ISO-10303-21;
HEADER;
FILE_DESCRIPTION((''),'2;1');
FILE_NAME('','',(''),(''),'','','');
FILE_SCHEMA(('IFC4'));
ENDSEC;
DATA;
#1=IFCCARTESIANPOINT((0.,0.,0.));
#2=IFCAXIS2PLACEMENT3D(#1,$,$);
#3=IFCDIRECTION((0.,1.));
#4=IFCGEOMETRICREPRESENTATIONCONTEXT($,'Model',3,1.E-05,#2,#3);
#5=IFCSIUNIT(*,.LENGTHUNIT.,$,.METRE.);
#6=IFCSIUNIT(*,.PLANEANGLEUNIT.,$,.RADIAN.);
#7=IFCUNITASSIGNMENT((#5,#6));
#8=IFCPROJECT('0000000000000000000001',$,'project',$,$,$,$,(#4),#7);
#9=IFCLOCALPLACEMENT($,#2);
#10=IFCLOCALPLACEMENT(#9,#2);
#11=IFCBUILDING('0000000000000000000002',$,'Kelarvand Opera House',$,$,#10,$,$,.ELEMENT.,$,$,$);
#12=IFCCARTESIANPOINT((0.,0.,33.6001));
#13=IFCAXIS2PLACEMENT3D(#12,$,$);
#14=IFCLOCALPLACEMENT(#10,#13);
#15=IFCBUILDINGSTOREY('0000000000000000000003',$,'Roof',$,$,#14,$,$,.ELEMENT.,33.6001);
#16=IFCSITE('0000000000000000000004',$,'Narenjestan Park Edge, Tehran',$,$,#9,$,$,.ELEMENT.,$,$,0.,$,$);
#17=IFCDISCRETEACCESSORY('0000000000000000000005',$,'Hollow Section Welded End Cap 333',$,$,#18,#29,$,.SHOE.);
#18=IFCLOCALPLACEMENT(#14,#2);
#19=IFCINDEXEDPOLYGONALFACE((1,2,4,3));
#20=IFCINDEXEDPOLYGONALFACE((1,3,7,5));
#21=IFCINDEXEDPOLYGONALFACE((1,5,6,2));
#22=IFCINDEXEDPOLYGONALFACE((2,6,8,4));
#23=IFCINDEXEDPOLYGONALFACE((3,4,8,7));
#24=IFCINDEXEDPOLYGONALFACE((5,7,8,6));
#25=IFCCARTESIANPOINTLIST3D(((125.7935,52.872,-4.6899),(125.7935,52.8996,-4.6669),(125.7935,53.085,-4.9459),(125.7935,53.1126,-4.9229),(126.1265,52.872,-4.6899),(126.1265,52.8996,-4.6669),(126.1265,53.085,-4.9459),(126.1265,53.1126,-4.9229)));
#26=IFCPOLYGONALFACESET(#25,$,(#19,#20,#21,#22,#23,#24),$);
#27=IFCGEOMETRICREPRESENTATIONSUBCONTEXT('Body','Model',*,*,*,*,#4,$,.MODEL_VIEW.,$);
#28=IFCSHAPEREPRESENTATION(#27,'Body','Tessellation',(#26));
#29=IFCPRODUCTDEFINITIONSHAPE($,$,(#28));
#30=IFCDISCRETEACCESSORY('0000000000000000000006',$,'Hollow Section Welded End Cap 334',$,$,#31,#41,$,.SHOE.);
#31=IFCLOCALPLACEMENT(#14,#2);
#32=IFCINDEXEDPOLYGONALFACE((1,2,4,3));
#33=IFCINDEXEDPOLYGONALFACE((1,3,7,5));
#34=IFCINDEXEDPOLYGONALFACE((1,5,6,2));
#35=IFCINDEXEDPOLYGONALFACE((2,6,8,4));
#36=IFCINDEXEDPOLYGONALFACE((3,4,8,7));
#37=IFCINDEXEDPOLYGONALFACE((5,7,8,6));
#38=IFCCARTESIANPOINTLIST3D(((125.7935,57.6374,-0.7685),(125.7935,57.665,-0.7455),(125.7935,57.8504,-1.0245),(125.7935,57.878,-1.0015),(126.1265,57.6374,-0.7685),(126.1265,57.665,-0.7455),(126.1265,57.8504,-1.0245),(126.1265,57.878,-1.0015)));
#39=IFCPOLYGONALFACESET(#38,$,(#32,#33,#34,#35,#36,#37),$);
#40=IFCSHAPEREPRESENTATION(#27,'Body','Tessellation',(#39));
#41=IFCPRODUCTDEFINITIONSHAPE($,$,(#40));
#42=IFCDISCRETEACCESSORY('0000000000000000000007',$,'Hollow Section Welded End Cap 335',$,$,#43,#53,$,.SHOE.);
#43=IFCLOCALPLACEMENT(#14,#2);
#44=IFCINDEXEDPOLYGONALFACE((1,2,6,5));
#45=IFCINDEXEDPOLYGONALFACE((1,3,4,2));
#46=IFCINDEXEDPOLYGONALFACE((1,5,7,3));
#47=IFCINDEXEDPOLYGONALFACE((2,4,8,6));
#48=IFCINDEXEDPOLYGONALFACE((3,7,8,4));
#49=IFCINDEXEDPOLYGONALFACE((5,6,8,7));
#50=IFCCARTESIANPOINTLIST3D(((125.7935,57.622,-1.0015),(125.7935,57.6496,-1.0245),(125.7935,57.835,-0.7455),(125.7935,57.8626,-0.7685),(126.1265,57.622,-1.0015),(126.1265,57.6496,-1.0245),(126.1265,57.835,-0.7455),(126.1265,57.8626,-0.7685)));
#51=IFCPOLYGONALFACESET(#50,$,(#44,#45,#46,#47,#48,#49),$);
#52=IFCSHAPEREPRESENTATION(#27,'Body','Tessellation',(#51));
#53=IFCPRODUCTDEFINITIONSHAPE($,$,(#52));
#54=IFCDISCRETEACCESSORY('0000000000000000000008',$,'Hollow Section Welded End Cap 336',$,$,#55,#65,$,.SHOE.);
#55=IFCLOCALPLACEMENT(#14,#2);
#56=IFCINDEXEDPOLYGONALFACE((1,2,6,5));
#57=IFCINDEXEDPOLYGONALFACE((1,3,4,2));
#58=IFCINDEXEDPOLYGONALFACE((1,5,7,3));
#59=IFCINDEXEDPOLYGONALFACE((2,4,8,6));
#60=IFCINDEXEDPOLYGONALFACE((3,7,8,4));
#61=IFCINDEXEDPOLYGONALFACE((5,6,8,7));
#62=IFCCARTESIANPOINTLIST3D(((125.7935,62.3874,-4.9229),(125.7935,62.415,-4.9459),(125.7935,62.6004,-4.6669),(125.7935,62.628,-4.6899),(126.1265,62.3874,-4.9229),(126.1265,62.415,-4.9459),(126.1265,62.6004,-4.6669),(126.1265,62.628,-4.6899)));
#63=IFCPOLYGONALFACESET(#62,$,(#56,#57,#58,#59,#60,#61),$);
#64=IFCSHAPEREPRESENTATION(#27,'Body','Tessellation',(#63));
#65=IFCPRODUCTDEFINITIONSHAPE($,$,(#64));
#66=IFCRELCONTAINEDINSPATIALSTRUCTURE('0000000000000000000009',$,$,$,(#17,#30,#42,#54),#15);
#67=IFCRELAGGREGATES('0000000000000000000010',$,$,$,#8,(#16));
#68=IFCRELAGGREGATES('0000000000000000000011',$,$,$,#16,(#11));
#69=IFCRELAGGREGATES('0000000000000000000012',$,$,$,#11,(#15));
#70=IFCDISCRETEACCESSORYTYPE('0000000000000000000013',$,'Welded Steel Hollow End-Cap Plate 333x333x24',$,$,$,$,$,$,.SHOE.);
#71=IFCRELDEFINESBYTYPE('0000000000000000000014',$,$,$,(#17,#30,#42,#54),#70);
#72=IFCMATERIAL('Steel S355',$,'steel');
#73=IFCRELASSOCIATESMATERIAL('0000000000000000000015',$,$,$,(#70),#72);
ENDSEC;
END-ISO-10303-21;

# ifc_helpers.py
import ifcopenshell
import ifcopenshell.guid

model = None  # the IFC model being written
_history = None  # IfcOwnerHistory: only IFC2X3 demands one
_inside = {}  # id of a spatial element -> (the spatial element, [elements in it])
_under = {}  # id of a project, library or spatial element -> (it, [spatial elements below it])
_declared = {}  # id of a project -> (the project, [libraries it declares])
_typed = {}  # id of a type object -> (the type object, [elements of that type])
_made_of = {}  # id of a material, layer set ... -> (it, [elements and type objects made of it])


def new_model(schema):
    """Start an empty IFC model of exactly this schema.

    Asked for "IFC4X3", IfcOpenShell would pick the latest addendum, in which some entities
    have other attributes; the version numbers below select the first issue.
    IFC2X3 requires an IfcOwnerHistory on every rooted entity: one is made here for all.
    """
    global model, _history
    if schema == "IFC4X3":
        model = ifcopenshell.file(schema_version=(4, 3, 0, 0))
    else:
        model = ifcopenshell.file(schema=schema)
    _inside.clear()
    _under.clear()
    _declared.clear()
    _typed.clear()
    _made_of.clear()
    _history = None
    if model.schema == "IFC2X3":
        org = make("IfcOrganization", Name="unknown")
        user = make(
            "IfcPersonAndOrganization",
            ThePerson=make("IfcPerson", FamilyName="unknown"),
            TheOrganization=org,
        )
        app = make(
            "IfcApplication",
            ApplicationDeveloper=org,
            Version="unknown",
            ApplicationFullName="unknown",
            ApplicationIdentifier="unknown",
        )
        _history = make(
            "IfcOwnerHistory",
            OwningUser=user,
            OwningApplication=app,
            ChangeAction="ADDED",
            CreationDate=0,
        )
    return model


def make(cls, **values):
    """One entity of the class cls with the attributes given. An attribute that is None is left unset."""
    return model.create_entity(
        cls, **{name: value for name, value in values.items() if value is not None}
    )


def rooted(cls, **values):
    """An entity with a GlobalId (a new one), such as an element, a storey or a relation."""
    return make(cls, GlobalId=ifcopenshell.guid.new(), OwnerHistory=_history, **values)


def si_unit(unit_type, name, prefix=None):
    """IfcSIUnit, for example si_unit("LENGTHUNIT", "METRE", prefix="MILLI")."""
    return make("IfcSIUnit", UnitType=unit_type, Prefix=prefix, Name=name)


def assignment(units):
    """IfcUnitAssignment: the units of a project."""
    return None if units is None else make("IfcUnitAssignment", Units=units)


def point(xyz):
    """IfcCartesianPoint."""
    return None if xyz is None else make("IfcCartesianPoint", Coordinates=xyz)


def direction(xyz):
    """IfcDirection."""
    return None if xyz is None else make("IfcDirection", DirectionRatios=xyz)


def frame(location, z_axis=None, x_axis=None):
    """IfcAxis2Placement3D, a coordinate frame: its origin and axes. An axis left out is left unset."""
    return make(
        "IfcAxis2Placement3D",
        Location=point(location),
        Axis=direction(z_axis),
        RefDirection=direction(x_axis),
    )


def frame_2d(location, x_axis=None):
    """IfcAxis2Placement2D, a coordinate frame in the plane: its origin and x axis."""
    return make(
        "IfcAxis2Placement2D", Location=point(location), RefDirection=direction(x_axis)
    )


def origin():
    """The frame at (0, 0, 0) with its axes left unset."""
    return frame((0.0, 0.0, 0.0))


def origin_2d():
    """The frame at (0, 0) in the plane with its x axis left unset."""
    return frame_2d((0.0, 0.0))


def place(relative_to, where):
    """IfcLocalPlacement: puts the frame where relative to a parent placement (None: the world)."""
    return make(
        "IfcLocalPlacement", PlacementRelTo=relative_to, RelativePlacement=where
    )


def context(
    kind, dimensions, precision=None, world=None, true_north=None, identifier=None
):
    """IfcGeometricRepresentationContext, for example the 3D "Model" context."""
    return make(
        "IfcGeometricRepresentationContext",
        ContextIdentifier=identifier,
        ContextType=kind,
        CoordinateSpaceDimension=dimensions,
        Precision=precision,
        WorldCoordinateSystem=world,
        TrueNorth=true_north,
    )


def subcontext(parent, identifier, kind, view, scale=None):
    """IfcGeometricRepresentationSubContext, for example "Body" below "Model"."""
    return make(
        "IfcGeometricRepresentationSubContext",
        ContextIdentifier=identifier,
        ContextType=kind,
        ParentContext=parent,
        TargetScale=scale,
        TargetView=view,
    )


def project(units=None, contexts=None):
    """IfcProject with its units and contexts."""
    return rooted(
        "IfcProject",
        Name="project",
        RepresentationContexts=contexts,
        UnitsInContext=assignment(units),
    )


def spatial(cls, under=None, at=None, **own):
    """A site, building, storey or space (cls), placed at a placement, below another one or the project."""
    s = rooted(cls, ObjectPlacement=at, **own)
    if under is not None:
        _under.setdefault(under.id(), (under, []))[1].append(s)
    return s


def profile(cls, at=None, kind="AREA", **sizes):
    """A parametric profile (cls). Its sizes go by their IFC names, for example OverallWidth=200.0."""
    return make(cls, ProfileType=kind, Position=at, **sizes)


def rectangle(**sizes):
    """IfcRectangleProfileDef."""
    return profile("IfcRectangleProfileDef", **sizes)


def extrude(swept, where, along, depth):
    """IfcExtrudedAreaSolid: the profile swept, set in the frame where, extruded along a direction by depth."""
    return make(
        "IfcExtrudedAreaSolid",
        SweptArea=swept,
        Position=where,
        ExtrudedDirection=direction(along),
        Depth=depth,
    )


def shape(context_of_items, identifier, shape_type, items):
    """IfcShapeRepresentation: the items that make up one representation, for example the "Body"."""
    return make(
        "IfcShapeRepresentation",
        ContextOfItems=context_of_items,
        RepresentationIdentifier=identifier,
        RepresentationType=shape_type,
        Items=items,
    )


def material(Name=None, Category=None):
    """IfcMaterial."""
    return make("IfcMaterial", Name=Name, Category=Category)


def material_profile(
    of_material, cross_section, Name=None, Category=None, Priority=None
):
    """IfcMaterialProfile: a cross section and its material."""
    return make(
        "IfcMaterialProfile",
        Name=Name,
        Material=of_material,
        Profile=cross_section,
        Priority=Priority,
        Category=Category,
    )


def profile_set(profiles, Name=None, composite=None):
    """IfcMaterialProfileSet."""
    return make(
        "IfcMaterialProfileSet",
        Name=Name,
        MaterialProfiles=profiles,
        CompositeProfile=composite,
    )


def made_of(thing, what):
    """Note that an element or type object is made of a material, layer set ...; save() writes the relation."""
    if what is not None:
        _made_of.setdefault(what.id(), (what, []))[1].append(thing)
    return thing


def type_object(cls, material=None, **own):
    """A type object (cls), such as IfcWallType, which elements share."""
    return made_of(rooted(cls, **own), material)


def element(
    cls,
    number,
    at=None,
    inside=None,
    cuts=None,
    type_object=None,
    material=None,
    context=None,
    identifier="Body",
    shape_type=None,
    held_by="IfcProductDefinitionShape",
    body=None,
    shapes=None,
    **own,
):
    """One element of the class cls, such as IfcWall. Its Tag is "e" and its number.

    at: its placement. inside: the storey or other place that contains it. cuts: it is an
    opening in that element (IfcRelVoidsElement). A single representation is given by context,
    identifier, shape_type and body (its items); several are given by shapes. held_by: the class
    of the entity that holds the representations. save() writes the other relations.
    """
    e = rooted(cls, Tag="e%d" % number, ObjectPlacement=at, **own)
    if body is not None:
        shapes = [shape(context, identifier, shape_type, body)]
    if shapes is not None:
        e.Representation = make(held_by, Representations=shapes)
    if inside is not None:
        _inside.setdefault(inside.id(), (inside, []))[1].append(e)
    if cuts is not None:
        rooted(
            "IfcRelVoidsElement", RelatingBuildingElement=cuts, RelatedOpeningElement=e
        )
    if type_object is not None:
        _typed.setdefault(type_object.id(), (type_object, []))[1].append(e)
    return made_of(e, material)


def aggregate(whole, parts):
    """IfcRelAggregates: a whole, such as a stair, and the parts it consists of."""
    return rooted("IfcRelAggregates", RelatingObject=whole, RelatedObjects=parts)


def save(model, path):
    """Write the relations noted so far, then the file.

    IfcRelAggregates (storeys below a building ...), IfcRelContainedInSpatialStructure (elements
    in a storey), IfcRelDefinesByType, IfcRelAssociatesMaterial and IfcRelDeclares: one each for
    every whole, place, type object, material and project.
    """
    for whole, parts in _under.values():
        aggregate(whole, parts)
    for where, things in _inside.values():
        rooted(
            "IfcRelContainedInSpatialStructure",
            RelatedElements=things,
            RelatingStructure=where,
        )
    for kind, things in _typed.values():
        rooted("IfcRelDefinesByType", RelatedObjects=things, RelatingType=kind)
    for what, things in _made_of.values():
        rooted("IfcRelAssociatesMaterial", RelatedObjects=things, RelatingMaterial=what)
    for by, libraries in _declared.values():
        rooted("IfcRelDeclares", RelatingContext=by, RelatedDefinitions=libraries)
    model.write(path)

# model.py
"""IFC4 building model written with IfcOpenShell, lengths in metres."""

from ifc_helpers import new_model, si_unit, direction, frame, origin, origin_2d, place, context, subcontext, project, spatial, rectangle, extrude, material, material_profile, profile_set, type_object, element, save


model = new_model("IFC4")

# Units and contexts
model_context = context("Model", 3, precision=1e-05, world=origin(), true_north=direction((0.0, 1.0)))
body_context = subcontext(model_context, "Body", "Model", "MODEL_VIEW")
ifc_project = project(units=[si_unit("LENGTHUNIT", "METRE"), si_unit("PLANEANGLEUNIT", "RADIAN")], contexts=[model_context])

# Site, building, storey
site_placement = place(None, origin())
site = spatial("IfcSite", under=ifc_project, at=site_placement, Name="Narenjestan Park Edge, Tehran", CompositionType="ELEMENT", RefElevation=0.0)
building_placement = place(site_placement, origin())
building = spatial("IfcBuilding", under=site, at=building_placement, Name="Kelarvand Opera House", CompositionType="ELEMENT")
storey_placement = place(building_placement, frame((0.0, 0.0, 33.6001)))
storey = spatial("IfcBuildingStorey", under=building, at=storey_placement, Name="Roof", CompositionType="ELEMENT", Elevation=33.6001)

# Shared definitions
ifc_material = material(Name="Steel S355", Category="steel")

# Discrete accessories
ifc_material_profile_1 = material_profile(ifc_material, rectangle(XDim=0.333, YDim=0.333, at=origin_2d()), Name="Welded Steel Hollow End-Cap Plate 333x333x24", Category="steel")
ifc_profile_set_1 = profile_set([ifc_material_profile_1], Name="Steel S355")
discrete_accessory_type = type_object("IfcDiscreteAccessoryType", Name="Welded Steel Hollow End-Cap Plate 333x333x24", PredefinedType="SHOE", material=ifc_profile_set_1)
for number, where, z_axis, x_axis, name in (
    (1, (125.96, 53.0061, -4.7949), (0.0, -0.768779, -0.639515), (1.0, 0.0, 0.0), "Hollow Section Welded End Cap 333"),
    (2, (125.96, 57.7439, -0.8965), (0.0, 0.768779, 0.639515), (-1.0, 0.0, 0.0), "Hollow Section Welded End Cap 334"),
    (3, (125.96, 57.7561, -0.8965), (0.0, -0.768779, 0.639515), (1.0, 0.0, 0.0), "Hollow Section Welded End Cap 335"),
    (4, (125.96, 62.4939, -4.7949), (0.0, 0.768779, -0.639515), (-1.0, 0.0, 0.0), "Hollow Section Welded End Cap 336"),
):
    element("IfcDiscreteAccessory", number, at=place(storey_placement, frame(where, z_axis=z_axis, x_axis=x_axis)), inside=storey, type_object=discrete_accessory_type, Name=name, PredefinedType="SHOE", context=body_context, shape_type="SweptSolid", body=[
        extrude(rectangle(XDim=0.333, YDim=0.333, at=origin_2d()), origin(), (0.0, 0.0, 1.0), 0.0359),
    ])

save(model, "model.ifc")
